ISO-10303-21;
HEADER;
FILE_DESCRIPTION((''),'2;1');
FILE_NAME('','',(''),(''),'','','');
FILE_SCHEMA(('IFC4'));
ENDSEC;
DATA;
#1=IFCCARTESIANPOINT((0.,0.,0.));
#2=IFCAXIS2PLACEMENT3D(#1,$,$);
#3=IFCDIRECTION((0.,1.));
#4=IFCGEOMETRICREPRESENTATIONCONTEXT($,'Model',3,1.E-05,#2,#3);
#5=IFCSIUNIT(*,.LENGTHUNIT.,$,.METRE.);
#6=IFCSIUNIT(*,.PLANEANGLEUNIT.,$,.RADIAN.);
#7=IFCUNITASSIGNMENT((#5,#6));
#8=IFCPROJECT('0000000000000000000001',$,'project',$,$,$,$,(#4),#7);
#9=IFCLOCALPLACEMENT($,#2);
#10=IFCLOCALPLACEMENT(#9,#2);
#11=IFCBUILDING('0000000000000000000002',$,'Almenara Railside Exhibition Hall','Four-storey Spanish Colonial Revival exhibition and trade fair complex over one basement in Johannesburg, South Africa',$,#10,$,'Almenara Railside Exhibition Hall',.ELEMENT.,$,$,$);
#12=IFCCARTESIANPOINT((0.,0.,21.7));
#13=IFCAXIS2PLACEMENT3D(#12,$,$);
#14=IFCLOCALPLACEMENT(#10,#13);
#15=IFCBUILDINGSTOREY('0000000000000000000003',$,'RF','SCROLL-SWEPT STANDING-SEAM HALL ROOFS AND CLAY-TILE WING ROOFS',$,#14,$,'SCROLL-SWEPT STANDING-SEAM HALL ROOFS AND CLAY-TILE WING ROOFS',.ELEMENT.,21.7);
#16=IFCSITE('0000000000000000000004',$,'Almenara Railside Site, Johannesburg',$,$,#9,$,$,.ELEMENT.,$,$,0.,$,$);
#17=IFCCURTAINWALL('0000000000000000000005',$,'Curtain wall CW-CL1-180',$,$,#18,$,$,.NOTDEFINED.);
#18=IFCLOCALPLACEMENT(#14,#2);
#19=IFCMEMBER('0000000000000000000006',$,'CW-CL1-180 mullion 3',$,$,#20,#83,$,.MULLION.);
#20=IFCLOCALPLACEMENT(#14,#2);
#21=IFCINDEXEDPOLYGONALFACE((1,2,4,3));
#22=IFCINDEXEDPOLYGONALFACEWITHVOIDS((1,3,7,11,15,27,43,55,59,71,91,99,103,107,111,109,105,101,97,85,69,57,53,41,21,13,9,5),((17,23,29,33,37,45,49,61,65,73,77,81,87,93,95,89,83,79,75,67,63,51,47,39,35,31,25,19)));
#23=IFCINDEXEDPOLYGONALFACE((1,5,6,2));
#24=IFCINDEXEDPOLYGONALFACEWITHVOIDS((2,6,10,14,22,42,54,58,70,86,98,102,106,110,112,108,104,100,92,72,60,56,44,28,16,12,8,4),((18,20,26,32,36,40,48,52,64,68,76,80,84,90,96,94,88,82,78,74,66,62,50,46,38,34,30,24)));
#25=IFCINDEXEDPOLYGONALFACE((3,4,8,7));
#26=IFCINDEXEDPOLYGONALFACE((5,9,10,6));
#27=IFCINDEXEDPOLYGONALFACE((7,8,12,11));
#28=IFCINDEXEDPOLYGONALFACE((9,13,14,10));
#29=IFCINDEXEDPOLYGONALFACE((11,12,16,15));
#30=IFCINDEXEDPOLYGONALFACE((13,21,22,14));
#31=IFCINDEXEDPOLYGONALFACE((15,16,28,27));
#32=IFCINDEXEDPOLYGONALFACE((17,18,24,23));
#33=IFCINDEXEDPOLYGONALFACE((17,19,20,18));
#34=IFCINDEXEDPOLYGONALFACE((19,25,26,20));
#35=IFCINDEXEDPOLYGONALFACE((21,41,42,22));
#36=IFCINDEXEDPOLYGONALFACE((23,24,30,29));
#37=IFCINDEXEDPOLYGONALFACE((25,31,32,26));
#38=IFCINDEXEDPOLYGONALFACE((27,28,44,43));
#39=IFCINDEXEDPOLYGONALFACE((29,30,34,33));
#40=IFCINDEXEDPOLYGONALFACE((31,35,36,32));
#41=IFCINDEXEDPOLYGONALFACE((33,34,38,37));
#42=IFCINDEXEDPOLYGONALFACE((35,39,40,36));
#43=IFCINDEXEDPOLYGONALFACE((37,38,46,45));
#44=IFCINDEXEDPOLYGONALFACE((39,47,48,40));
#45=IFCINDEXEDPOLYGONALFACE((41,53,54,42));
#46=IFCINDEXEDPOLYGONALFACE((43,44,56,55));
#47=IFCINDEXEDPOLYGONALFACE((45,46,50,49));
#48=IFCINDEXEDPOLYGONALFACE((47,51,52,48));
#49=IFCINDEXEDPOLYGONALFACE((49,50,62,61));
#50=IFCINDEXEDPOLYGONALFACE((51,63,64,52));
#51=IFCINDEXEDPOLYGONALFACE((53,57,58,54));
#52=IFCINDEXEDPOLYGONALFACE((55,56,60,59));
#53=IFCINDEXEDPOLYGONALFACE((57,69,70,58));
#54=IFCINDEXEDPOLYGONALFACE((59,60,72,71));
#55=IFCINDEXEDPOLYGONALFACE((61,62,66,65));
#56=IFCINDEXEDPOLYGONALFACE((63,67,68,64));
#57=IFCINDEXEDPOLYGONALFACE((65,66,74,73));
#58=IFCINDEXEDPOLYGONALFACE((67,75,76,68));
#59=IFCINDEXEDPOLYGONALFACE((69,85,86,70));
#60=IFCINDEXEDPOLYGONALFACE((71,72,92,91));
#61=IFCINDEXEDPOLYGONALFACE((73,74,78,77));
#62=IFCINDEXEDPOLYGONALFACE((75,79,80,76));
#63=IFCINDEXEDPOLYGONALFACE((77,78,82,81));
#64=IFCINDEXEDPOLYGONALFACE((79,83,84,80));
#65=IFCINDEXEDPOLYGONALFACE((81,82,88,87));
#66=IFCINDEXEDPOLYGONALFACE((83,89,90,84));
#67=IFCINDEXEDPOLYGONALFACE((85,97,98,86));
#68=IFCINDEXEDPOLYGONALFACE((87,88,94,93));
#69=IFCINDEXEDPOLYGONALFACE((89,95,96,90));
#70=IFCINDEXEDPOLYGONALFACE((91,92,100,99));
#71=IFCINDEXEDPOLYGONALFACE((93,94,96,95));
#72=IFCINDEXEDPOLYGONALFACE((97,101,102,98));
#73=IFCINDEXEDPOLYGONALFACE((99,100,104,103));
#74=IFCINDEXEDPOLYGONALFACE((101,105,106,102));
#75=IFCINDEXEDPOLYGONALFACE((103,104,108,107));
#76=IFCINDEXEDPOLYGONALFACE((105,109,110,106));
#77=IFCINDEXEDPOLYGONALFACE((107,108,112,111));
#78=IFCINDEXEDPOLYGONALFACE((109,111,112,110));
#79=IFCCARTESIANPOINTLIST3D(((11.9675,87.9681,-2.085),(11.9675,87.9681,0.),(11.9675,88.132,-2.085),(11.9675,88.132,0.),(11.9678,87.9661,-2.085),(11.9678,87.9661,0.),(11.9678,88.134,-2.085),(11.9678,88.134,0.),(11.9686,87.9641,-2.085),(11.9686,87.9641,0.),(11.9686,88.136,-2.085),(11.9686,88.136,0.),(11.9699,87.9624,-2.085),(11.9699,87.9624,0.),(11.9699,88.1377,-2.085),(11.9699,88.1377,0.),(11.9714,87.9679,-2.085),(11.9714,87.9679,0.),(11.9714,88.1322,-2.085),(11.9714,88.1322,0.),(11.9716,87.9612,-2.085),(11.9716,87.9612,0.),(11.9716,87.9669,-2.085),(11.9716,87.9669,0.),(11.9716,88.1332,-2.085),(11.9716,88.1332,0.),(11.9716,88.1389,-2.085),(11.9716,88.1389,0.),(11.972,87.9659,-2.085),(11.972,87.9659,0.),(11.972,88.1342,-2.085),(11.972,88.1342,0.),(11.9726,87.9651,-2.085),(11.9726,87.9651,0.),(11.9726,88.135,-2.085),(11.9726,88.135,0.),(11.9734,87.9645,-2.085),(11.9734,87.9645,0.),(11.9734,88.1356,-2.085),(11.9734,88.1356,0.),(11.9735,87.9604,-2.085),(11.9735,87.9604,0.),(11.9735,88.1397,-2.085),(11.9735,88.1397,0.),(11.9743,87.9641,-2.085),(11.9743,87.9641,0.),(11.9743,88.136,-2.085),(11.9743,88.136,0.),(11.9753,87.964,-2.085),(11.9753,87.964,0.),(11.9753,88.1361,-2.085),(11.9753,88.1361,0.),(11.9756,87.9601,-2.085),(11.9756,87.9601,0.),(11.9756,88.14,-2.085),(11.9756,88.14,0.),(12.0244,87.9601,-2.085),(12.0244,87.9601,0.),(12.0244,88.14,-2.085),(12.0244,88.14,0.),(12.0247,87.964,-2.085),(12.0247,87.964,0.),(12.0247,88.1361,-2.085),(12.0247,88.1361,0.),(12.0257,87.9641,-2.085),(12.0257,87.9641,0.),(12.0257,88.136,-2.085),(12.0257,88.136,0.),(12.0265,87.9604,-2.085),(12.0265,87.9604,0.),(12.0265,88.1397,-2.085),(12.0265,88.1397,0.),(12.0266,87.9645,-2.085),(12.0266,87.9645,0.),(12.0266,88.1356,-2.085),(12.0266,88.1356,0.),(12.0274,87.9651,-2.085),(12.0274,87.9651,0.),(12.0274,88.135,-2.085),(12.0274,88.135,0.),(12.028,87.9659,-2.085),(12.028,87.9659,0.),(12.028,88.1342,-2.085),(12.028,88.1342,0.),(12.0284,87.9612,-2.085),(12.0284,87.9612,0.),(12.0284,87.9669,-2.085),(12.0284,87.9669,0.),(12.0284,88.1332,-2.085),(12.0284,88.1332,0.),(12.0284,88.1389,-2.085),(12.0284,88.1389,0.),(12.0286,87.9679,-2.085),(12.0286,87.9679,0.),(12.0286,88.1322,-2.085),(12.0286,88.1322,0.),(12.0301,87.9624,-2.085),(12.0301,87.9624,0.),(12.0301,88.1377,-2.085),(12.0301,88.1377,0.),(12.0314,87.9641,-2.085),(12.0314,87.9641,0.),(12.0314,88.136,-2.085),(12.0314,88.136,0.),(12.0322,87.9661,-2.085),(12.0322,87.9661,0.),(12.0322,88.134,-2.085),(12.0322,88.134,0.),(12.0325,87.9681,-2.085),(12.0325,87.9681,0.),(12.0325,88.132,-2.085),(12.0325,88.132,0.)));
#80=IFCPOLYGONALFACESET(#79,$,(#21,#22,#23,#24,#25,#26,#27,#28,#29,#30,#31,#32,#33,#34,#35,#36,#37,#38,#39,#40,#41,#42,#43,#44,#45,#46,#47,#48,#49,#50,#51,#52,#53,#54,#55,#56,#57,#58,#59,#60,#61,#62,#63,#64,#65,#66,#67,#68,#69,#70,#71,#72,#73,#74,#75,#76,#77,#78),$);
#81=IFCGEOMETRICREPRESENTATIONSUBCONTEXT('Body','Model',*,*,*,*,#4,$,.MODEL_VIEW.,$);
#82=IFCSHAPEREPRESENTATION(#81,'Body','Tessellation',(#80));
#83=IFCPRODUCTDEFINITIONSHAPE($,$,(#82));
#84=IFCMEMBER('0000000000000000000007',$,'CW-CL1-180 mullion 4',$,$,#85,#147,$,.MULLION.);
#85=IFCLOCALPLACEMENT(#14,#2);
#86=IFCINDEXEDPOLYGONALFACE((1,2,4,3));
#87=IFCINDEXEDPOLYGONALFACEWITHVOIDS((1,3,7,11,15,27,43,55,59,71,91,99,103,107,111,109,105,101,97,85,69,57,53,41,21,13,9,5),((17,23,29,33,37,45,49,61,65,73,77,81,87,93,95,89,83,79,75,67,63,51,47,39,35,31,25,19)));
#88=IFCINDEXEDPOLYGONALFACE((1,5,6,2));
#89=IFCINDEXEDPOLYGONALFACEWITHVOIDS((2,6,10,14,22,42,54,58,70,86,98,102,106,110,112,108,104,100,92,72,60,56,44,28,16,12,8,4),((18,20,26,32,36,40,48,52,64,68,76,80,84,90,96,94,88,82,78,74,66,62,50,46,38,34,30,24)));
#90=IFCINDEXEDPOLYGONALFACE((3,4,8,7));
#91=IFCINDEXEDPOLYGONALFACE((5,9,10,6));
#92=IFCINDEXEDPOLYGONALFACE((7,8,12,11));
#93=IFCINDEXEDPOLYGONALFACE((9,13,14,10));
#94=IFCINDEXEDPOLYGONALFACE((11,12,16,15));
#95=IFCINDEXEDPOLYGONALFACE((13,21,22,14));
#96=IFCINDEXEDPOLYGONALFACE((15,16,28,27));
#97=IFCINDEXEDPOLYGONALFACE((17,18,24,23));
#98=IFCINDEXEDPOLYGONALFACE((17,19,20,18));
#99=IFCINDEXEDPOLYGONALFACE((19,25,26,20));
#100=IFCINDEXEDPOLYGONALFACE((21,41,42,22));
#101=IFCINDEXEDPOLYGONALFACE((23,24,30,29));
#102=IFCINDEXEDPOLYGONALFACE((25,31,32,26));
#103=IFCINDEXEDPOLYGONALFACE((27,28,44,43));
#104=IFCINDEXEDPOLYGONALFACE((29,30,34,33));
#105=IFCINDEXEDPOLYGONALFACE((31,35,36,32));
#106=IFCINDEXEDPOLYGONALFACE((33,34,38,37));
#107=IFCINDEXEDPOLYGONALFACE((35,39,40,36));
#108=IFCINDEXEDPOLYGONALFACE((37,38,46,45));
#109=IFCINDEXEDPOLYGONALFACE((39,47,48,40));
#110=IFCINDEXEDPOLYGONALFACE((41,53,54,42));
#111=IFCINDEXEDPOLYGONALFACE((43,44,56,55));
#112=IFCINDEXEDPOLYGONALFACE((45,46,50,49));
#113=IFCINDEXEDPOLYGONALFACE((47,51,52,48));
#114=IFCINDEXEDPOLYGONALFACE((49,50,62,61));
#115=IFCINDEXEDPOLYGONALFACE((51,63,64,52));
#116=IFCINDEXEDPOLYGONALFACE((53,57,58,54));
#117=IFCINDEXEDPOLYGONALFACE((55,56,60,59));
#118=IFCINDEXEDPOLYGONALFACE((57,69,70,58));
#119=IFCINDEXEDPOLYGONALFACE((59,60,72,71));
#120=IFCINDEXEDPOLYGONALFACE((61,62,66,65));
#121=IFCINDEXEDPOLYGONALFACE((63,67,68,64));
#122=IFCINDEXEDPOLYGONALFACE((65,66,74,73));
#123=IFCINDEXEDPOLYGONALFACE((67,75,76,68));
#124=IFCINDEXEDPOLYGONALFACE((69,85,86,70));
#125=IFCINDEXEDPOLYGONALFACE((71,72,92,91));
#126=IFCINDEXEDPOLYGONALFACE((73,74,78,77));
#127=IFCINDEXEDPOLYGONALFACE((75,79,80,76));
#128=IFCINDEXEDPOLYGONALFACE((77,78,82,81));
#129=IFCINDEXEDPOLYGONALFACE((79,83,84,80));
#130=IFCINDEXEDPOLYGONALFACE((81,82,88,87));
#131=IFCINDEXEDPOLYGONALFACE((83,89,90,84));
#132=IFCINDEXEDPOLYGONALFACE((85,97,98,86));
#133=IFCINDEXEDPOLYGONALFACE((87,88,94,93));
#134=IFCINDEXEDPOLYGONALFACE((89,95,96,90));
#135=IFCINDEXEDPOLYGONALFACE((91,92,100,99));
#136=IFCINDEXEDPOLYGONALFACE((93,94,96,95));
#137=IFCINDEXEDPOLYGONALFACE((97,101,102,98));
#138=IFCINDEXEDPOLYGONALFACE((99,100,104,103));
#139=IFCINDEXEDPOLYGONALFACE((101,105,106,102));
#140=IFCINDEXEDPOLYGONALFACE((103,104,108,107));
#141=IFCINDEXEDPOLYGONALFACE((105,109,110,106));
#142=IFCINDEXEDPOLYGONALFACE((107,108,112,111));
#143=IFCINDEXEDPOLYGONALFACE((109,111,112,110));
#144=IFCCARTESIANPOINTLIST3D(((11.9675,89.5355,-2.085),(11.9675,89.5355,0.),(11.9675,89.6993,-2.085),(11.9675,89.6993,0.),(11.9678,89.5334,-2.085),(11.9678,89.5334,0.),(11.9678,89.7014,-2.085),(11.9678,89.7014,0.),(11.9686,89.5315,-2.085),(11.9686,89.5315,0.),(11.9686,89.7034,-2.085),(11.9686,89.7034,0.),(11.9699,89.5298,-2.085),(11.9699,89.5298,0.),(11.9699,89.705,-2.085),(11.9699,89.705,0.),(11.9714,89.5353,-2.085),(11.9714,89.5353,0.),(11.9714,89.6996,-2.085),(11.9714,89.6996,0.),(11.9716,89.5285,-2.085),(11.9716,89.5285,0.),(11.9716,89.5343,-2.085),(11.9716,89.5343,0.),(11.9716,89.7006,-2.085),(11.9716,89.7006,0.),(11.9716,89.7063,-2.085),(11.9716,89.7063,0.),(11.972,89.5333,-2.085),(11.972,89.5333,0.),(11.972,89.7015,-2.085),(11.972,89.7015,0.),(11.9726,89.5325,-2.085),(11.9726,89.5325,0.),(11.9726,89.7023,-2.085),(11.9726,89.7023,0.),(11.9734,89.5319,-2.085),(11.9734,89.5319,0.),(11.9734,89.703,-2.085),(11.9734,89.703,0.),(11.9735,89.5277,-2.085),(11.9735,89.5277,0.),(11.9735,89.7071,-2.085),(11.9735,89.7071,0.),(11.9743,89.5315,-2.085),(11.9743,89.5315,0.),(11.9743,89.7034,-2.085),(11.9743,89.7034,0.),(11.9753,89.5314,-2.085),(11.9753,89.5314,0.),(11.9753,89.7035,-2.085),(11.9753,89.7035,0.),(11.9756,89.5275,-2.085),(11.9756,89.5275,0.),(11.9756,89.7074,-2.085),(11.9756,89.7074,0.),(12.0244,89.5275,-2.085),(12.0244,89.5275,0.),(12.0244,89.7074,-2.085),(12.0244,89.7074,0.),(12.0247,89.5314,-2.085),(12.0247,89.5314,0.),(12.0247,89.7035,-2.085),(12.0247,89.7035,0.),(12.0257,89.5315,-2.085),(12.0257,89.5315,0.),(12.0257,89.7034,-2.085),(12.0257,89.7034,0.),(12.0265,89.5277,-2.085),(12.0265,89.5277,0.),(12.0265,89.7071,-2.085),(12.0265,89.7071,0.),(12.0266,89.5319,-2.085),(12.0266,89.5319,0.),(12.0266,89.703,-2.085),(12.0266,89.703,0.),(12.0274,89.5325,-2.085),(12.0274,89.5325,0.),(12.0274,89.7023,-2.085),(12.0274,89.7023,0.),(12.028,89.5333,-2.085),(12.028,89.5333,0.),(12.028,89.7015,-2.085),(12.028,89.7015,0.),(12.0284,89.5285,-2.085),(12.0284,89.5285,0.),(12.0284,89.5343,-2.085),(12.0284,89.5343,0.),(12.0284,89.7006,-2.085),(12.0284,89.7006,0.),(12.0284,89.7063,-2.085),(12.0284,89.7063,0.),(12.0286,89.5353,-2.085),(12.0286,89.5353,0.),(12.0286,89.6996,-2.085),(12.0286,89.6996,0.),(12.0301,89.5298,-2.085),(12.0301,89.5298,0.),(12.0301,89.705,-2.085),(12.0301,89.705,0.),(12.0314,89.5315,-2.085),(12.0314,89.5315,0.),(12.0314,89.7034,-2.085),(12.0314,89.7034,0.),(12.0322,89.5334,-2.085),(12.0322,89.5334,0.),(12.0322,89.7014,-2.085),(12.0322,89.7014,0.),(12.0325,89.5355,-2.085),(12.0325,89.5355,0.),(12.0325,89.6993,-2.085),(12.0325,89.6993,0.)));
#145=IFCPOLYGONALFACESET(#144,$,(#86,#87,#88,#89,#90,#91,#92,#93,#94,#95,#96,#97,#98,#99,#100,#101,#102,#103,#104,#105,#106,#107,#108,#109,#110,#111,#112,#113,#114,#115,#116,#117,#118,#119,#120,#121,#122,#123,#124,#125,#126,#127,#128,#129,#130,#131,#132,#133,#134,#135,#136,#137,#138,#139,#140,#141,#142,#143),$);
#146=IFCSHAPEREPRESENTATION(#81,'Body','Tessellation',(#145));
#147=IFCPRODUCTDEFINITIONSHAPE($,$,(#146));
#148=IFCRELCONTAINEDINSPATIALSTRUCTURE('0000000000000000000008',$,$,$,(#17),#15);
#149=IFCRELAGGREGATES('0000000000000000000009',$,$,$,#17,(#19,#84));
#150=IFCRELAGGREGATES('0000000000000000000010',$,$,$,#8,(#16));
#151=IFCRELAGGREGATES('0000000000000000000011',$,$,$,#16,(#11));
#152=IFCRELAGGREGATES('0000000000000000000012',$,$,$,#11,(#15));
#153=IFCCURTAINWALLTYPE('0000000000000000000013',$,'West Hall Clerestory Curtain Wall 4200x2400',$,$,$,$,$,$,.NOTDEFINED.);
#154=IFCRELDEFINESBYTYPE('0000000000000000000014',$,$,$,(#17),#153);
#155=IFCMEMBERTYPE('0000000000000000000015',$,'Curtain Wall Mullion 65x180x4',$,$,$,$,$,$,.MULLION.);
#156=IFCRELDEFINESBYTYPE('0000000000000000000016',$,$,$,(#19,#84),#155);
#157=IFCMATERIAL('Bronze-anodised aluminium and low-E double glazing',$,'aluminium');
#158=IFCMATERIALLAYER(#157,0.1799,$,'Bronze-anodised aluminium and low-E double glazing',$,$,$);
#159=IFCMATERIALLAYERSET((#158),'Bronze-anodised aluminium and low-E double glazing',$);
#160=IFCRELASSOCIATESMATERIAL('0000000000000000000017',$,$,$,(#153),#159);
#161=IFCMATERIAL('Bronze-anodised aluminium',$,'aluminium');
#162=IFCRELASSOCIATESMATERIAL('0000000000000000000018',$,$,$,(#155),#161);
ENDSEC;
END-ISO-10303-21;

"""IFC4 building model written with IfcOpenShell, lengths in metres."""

from ifc_helpers import new_model, si_unit, direction, frame, origin, origin_2d, place, context, subcontext, project, spatial, hollow_rectangle, extrude, material, layer, layer_set, material_profile, profile_set, type_object, element, aggregate, save


model = new_model("IFC4")

# Units and contexts
model_context = context("Model", 3, precision=1e-05, world=origin(), true_north=direction((0.0, 1.0)))
body_context = subcontext(model_context, "Body", "Model", "MODEL_VIEW")
ifc_project = project(units=[si_unit("LENGTHUNIT", "METRE"), si_unit("PLANEANGLEUNIT", "RADIAN")], contexts=[model_context])

# Site, building, storey
site_placement = place(None, origin())
site = spatial("IfcSite", under=ifc_project, at=site_placement, Name="Almenara Railside Site, Johannesburg", CompositionType="ELEMENT", RefElevation=0.0)
building_placement = place(site_placement, origin())
building = spatial("IfcBuilding", under=site, at=building_placement, Name="Almenara Railside Exhibition Hall", Description="Four-storey Spanish Colonial Revival exhibition and trade fair complex over one basement in Johannesburg, South Africa", LongName="Almenara Railside Exhibition Hall", CompositionType="ELEMENT")
storey_placement = place(building_placement, frame((0.0, 0.0, 21.7)))
storey = spatial("IfcBuildingStorey", under=building, at=storey_placement, Name="RF", Description="SCROLL-SWEPT STANDING-SEAM HALL ROOFS AND CLAY-TILE WING ROOFS", LongName="SCROLL-SWEPT STANDING-SEAM HALL ROOFS AND CLAY-TILE WING ROOFS", CompositionType="ELEMENT", Elevation=21.7)

# Curtain wall, members
ifc_material_1 = material(Name="Bronze-anodised aluminium and low-E double glazing", Category="aluminium")
ifc_layer_1 = layer(ifc_material_1, 0.1799, Name="Bronze-anodised aluminium and low-E double glazing")
ifc_layer_set_1 = layer_set([ifc_layer_1], Name="Bronze-anodised aluminium and low-E double glazing")
curtain_wall_type = type_object("IfcCurtainWallType", Name="West Hall Clerestory Curtain Wall 4200x2400", PredefinedType="NOTDEFINED", material=ifc_layer_set_1)
ifc_material_2 = material(Name="Bronze-anodised aluminium", Category="aluminium")
curtain_wall_1_placement = place(storey_placement, origin())
curtain_wall_1 = element("IfcCurtainWall", 1, at=curtain_wall_1_placement, inside=storey, type_object=curtain_wall_type, Name="Curtain wall CW-CL1-180", PredefinedType="NOTDEFINED")
ifc_material_profile_1 = material_profile(ifc_material_2, hollow_rectangle(XDim=0.0649, YDim=0.1799, WallThickness=0.0039, InnerFilletRadius=0.0039, OuterFilletRadius=0.0081, at=origin_2d()), Name="ALU-MUL 65x180x4")
ifc_profile_set_1 = profile_set([ifc_material_profile_1], Name="Bronze-anodised aluminium")
member_type_1 = type_object("IfcMemberType", Name="Curtain Wall Mullion 65x180x4", PredefinedType="MULLION", material=ifc_profile_set_1)
member_1_placement = place(storey_placement, frame((12.0, 88.05, -2.085), z_axis=(0.0, 0.0, 1.0), x_axis=(-1.0, 0.0, 0.0)))
member_1 = element("IfcMember", 2, at=member_1_placement, type_object=member_type_1, Name="CW-CL1-180 mullion 3", PredefinedType="MULLION", context=body_context, shape_type="SweptSolid", body=[
    extrude(hollow_rectangle(XDim=0.0649, YDim=0.1799, WallThickness=0.0039, InnerFilletRadius=0.0039, OuterFilletRadius=0.0081, at=origin_2d()), origin(), (0.0, 0.0, 1.0), 2.085),
])
member_2_placement = place(storey_placement, frame((12.0, 89.6174, -2.085), z_axis=(0.0, 0.0, 1.0), x_axis=(-1.0, 0.0, 0.0)))
member_2 = element("IfcMember", 3, at=member_2_placement, type_object=member_type_1, Name="CW-CL1-180 mullion 4", PredefinedType="MULLION", context=body_context, shape_type="SweptSolid", body=[
    extrude(hollow_rectangle(XDim=0.0649, YDim=0.1799, WallThickness=0.0039, InnerFilletRadius=0.0039, OuterFilletRadius=0.0081, at=origin_2d()), origin(), (0.0, 0.0, 1.0), 2.085),
])

aggregate(curtain_wall_1, [member_1, member_2])

save(model, "model.ifc")
